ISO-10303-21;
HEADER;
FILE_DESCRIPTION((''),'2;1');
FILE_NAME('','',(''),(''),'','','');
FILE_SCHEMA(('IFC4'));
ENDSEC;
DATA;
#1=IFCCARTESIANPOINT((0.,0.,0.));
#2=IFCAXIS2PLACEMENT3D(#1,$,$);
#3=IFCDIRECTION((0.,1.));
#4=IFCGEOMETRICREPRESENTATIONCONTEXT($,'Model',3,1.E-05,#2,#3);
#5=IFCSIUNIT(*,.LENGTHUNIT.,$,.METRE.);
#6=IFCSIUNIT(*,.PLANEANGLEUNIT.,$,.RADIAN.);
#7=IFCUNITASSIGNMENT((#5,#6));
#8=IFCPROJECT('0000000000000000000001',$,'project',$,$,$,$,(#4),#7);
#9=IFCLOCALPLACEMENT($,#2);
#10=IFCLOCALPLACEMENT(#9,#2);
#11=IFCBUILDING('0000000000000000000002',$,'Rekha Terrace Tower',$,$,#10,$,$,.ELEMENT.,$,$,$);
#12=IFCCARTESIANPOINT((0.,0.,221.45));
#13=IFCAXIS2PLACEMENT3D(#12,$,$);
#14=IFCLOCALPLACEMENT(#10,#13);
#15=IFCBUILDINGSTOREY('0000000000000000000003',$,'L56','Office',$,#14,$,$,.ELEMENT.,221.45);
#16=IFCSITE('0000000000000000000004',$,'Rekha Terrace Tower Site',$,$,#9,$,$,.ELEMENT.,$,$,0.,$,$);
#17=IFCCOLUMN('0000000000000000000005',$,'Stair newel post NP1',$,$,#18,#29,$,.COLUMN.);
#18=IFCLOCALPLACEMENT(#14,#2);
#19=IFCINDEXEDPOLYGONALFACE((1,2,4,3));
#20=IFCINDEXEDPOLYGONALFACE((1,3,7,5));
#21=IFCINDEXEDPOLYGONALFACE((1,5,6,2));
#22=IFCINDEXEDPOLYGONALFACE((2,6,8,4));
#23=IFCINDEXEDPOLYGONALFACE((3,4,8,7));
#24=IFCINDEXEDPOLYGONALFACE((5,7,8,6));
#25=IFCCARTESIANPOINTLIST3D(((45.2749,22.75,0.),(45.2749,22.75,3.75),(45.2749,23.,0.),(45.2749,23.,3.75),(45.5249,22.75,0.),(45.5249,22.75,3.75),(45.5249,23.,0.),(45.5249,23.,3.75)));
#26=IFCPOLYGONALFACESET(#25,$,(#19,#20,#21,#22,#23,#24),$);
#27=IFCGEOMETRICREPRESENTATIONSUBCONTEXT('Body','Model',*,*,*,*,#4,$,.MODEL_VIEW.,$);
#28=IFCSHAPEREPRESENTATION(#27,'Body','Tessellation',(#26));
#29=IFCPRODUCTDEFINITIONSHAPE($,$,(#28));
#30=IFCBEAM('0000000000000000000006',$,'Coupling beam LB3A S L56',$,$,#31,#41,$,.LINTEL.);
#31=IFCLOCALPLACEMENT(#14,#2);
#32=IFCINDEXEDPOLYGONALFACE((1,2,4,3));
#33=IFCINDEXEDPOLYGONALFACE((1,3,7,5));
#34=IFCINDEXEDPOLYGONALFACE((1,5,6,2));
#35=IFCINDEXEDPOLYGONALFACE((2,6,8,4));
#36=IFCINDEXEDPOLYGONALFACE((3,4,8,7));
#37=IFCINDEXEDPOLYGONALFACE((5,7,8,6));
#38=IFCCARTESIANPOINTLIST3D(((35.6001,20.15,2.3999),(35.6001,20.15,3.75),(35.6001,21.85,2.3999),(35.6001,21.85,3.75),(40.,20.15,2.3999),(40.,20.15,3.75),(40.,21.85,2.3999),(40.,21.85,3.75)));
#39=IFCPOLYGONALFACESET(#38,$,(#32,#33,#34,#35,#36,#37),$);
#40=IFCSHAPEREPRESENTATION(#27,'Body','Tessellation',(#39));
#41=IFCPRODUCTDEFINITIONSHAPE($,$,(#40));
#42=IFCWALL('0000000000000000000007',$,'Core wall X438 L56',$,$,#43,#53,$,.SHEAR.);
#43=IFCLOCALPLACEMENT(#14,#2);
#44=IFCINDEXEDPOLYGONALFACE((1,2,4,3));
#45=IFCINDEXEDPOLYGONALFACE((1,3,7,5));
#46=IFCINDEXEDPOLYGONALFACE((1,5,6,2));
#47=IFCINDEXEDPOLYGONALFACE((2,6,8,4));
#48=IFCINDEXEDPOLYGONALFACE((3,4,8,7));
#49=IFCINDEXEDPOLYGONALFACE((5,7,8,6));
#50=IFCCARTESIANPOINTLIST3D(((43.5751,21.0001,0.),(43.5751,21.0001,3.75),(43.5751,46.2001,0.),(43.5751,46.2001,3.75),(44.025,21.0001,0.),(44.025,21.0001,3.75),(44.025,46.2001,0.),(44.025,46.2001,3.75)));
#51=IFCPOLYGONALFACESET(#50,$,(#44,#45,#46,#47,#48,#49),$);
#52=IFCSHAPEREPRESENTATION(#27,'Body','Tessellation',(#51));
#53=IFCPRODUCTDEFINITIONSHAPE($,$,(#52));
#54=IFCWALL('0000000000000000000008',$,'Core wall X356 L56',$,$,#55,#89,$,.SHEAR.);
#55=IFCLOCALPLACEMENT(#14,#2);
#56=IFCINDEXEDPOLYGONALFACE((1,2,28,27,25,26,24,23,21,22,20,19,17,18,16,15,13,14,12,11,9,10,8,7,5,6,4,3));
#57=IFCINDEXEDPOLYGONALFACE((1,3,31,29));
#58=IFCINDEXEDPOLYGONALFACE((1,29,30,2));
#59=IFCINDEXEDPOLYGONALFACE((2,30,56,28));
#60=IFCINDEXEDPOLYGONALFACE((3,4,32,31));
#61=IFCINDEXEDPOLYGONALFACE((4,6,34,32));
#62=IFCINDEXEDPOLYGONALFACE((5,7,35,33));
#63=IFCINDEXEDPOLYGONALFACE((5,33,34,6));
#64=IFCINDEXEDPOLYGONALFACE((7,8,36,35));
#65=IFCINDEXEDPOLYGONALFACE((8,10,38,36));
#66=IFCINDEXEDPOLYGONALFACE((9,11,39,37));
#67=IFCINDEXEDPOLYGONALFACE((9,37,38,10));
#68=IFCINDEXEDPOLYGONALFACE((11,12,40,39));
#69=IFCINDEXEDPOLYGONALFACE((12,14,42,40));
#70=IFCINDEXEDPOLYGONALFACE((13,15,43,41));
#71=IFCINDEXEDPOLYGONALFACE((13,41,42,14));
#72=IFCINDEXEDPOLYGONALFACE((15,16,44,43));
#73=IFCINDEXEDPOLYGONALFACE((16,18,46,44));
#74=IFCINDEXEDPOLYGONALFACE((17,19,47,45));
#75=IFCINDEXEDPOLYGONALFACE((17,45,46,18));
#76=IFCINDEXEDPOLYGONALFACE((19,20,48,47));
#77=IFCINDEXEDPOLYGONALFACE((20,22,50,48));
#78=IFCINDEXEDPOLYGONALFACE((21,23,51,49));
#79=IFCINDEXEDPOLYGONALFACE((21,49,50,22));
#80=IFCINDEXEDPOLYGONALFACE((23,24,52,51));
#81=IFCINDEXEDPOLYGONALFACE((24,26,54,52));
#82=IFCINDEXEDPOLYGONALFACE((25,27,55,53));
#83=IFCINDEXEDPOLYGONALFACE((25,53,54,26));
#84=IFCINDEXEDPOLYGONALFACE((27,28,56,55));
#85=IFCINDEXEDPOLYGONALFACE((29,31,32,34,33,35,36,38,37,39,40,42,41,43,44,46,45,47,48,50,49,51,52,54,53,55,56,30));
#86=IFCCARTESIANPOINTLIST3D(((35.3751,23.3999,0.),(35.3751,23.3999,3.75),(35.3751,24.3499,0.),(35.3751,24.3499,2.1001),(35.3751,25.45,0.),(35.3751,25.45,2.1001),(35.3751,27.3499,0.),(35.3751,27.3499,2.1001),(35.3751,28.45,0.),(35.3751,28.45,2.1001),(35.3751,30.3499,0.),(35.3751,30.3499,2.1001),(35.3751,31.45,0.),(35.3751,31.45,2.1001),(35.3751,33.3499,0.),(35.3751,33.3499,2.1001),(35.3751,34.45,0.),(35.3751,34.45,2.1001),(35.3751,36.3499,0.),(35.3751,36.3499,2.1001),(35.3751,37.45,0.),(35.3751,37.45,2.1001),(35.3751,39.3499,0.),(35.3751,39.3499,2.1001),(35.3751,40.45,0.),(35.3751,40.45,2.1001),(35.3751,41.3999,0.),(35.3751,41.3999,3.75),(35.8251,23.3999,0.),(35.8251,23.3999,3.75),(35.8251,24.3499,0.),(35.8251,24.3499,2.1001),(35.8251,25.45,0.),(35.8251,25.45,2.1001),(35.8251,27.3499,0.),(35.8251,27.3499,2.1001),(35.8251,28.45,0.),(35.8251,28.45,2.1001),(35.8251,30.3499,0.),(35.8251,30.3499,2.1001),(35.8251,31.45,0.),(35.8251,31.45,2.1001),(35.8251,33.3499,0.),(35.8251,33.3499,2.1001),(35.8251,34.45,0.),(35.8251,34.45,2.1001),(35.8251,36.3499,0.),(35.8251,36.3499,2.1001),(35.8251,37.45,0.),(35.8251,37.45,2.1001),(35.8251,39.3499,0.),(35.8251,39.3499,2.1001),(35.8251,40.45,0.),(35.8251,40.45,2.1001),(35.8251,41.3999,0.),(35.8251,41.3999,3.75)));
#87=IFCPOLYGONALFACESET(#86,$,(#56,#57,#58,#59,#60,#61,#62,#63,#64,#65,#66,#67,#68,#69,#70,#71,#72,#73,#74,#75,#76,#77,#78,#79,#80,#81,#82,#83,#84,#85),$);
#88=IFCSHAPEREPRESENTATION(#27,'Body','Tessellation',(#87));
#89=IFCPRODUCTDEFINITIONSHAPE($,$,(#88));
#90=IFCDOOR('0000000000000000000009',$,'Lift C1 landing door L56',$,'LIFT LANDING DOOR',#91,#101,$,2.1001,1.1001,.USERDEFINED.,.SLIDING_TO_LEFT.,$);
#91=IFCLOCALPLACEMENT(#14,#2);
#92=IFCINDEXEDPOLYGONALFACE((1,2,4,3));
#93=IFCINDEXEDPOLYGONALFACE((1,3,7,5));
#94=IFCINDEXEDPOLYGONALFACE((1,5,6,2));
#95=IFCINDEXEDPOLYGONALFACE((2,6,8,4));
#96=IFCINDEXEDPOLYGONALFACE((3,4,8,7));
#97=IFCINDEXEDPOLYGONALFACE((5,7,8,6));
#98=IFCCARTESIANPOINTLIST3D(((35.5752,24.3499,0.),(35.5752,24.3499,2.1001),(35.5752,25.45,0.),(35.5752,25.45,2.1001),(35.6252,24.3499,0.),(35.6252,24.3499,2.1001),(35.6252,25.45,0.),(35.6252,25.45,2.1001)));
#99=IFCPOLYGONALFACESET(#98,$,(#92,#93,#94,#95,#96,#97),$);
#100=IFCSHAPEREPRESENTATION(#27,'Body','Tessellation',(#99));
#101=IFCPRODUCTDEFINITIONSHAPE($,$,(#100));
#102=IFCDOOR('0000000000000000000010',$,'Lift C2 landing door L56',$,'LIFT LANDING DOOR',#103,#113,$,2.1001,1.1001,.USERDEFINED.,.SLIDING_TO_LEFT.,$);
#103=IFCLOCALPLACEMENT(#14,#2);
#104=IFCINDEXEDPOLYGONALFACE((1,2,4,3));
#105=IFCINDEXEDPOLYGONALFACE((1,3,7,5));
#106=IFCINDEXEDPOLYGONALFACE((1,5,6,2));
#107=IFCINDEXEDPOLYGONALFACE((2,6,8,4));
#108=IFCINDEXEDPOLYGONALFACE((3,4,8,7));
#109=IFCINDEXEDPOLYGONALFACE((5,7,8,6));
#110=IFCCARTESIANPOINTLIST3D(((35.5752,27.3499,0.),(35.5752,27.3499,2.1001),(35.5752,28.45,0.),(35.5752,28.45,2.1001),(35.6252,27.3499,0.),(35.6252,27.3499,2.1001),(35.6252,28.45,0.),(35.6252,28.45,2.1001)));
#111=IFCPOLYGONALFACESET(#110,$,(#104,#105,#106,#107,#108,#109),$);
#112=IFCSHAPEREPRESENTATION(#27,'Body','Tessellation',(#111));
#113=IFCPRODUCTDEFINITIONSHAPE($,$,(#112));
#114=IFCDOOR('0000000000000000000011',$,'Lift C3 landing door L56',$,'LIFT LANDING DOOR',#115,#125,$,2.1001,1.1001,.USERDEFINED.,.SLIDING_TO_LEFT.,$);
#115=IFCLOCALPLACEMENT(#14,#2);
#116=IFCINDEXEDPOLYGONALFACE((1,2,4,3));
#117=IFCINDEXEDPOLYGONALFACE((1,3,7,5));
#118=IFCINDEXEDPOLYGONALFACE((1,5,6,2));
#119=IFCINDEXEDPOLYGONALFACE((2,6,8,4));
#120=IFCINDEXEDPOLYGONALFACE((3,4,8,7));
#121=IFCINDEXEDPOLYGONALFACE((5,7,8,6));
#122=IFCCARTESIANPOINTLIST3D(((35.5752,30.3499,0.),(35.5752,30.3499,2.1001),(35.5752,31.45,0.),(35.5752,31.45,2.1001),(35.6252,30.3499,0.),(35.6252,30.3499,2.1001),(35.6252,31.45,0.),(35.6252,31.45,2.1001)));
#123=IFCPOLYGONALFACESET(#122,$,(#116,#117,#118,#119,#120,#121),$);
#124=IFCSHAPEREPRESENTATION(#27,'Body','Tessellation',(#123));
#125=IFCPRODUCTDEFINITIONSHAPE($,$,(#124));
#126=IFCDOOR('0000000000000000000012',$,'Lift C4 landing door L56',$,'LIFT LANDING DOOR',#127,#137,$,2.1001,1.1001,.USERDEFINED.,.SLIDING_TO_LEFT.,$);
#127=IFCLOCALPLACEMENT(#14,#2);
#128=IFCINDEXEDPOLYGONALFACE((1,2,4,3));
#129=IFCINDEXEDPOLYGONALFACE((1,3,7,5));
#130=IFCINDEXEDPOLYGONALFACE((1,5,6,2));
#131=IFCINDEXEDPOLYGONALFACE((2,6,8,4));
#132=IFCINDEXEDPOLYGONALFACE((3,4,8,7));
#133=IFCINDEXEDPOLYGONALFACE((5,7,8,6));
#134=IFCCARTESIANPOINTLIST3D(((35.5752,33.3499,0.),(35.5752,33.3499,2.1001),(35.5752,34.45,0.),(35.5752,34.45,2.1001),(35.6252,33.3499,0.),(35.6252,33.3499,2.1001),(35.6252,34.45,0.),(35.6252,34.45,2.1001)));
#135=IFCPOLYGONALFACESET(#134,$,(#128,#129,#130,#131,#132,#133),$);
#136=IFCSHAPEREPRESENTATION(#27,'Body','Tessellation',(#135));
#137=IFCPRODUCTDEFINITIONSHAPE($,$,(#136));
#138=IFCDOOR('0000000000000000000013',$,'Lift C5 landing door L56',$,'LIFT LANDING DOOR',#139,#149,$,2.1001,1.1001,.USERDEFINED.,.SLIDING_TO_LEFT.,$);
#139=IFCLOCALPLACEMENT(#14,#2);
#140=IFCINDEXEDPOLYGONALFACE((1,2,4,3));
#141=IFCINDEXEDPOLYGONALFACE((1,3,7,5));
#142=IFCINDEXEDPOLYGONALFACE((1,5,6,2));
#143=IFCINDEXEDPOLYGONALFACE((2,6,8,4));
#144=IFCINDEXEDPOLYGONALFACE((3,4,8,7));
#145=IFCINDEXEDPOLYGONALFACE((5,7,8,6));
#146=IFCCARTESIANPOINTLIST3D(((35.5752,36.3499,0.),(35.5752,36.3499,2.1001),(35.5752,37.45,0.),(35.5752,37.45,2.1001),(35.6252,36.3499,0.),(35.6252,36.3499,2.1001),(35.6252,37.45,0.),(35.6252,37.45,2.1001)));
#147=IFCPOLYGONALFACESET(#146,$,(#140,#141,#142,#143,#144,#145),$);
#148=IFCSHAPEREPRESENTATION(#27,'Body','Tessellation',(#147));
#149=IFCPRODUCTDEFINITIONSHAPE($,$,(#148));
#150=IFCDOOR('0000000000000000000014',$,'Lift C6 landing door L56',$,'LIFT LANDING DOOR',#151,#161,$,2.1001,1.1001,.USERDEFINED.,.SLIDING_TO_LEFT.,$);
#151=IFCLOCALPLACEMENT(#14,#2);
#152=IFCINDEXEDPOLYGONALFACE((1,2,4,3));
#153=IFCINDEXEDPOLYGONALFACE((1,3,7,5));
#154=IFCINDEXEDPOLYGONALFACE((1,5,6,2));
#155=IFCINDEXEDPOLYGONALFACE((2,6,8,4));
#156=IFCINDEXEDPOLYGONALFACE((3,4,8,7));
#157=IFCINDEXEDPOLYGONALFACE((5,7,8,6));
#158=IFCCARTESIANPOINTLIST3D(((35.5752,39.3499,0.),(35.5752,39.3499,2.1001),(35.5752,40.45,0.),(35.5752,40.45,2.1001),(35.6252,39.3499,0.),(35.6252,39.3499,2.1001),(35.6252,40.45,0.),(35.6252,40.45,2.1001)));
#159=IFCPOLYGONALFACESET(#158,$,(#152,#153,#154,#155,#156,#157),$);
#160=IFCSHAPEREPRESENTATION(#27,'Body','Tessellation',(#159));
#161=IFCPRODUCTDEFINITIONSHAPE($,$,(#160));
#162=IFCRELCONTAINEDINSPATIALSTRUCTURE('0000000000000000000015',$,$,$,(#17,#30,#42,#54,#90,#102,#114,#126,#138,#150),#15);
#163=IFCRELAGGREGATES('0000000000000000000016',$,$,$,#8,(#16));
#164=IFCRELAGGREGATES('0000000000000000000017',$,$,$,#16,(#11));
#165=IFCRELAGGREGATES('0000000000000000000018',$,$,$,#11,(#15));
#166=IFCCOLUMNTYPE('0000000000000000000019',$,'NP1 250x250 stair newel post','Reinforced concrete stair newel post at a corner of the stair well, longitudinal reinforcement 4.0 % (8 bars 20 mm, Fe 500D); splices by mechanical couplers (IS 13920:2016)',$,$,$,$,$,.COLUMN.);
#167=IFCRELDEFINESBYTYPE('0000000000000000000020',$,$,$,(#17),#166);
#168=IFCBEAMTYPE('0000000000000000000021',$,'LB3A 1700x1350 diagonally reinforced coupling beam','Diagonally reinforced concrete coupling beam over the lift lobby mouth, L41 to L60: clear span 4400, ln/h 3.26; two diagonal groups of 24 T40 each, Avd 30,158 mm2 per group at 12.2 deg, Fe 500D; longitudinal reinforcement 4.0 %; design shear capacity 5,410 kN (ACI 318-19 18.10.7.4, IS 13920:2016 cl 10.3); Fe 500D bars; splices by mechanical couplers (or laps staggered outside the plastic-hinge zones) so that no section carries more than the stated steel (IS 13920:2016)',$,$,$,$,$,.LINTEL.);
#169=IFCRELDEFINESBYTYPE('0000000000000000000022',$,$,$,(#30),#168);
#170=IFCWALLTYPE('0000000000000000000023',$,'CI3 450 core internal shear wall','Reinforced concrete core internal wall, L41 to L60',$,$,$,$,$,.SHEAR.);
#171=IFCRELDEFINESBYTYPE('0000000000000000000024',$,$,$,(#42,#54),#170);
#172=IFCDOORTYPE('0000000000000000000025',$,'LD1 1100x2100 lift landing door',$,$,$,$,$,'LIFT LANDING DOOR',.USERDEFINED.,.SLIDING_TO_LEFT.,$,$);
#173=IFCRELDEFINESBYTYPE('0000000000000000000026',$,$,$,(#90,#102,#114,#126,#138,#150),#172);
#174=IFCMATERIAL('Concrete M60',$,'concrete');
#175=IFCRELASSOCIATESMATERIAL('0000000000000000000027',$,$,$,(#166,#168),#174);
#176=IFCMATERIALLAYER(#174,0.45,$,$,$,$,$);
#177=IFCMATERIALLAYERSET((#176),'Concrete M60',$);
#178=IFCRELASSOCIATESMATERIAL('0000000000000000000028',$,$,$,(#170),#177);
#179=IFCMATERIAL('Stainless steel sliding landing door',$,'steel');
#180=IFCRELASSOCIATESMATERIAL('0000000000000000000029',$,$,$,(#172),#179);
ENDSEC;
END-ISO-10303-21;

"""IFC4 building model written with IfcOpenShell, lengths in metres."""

from ifc_helpers import new_model, si_unit, direction, frame, frame_2d, origin, origin_2d, place, context, subcontext, project, spatial, rectangle, extrude, material, layer, layer_set, material_profile, profile_set, type_object, element, fill, save


model = new_model("IFC4")

# Units and contexts
model_context = context("Model", 3, precision=1e-05, world=origin(), true_north=direction((0.0, 1.0)))
body_context = subcontext(model_context, "Body", "Model", "MODEL_VIEW")
ifc_project = project(units=[si_unit("LENGTHUNIT", "METRE"), si_unit("PLANEANGLEUNIT", "RADIAN")], contexts=[model_context])

# Site, building, storey
site_placement = place(None, origin())
site = spatial("IfcSite", under=ifc_project, at=site_placement, Name="Rekha Terrace Tower Site", CompositionType="ELEMENT", RefElevation=0.0)
building_placement = place(site_placement, origin())
building = spatial("IfcBuilding", under=site, at=building_placement, Name="Rekha Terrace Tower", CompositionType="ELEMENT")
storey_placement = place(building_placement, frame((0.0, 0.0, 221.45)))
storey = spatial("IfcBuildingStorey", under=building, at=storey_placement, Name="L56", Description="Office", CompositionType="ELEMENT", Elevation=221.45)

# Column
ifc_material_1 = material(Name="Concrete M60", Category="concrete")
ifc_material_profile_1 = material_profile(ifc_material_1, rectangle(XDim=0.25, YDim=0.25, at=origin_2d()), Name="RC 250x250")
ifc_profile_set_1 = profile_set([ifc_material_profile_1], Name="Concrete M60")
column_type = type_object("IfcColumnType", Name="NP1 250x250 stair newel post", Description="Reinforced concrete stair newel post at a corner of the stair well, longitudinal reinforcement 4.0 % (8 bars 20 mm, Fe 500D); splices by mechanical couplers (IS 13920:2016)", PredefinedType="COLUMN", material=ifc_profile_set_1)
column_placement = place(storey_placement, frame((45.3999, 22.875, 0.0), z_axis=(0.0, 0.0, 1.0), x_axis=(1.0, 0.0, 0.0)))
element("IfcColumn", 1, at=column_placement, inside=storey, type_object=column_type, Name="Stair newel post NP1", PredefinedType="COLUMN", context=body_context, shape_type="SweptSolid", body=[
    extrude(rectangle(XDim=0.25, YDim=0.25, at=origin_2d()), origin(), (0.0, 0.0, 1.0), 3.75),
])

# Beam
ifc_material_profile_2 = material_profile(ifc_material_1, rectangle(XDim=1.7, YDim=1.3501, at=origin_2d()), Name="RC 1700x1350")
ifc_profile_set_2 = profile_set([ifc_material_profile_2], Name="Concrete M60")
beam_type = type_object("IfcBeamType", Name="LB3A 1700x1350 diagonally reinforced coupling beam", Description="Diagonally reinforced concrete coupling beam over the lift lobby mouth, L41 to L60: clear span 4400, ln/h 3.26; two diagonal groups of 24 T40 each, Avd 30,158 mm2 per group at 12.2 deg, Fe 500D; longitudinal reinforcement 4.0 %; design shear capacity 5,410 kN (ACI 318-19 18.10.7.4, IS 13920:2016 cl 10.3); Fe 500D bars; splices by mechanical couplers (or laps staggered outside the plastic-hinge zones) so that no section carries more than the stated steel (IS 13920:2016)", PredefinedType="LINTEL", material=ifc_profile_set_2)
beam_placement = place(storey_placement, frame((35.6001, 21.0, 3.075), z_axis=(1.0, 0.0, 0.0), x_axis=(0.0, 1.0, 0.0)))
element("IfcBeam", 2, at=beam_placement, inside=storey, type_object=beam_type, Name="Coupling beam LB3A S L56", PredefinedType="LINTEL", context=body_context, shape_type="SweptSolid", body=[
    extrude(rectangle(XDim=1.7, YDim=1.3501, at=origin_2d()), origin(), (0.0, 0.0, 1.0), 4.3999),
])

# Wall
ifc_layer_1 = layer(ifc_material_1, 0.45)
ifc_layer_set_1 = layer_set([ifc_layer_1], Name="Concrete M60")
wall_type_1 = type_object("IfcWallType", Name="CI3 450 core internal shear wall", Description="Reinforced concrete core internal wall, L41 to L60", PredefinedType="SHEAR", material=ifc_layer_set_1)
wall_1_placement = place(storey_placement, frame((43.8, 21.0, 0.0), z_axis=(0.0, 0.0, 1.0), x_axis=(0.0, 1.0, 0.0)))
element("IfcWall", 3, at=wall_1_placement, inside=storey, type_object=wall_type_1, Name="Core wall X438 L56", PredefinedType="SHEAR", context=body_context, shape_type="SweptSolid", body=[
    extrude(rectangle(XDim=25.2, YDim=0.45, at=frame_2d((12.6001, 0.0))), origin(), (0.0, 0.0, 1.0), 3.75),
])

# Wall, openings, doors
wall_2_placement = place(storey_placement, frame((35.6001, 23.3999, 0.0), z_axis=(0.0, 0.0, 1.0), x_axis=(0.0, 1.0, 0.0)))
wall_2 = element("IfcWall", 4, at=wall_2_placement, inside=storey, type_object=wall_type_1, Name="Core wall X356 L56", PredefinedType="SHEAR", context=body_context, shape_type="SweptSolid", body=[
    extrude(rectangle(XDim=18.0, YDim=0.45, at=frame_2d((9.0, 0.0))), origin(), (0.0, 0.0, 1.0), 3.75),
])
opening_1_placement = place(wall_2_placement, frame((0.95, 0.0, 0.0)))
opening_1 = element("IfcOpeningElement", 5, at=opening_1_placement, cuts=wall_2, PredefinedType="OPENING", context=body_context, shape_type="SweptSolid", body=[
    extrude(rectangle(XDim=1.1001, YDim=2.1001, at=frame_2d((0.55, 1.05))), frame((0.0, 0.2349, 0.0), z_axis=(0.0, -1.0, 0.0), x_axis=(1.0, 0.0, 0.0)), (0.0, 0.0, 1.0), 0.47),
])
opening_2_placement = place(wall_2_placement, frame((3.95, 0.0, 0.0)))
opening_2 = element("IfcOpeningElement", 6, at=opening_2_placement, cuts=wall_2, PredefinedType="OPENING", context=body_context, shape_type="SweptSolid", body=[
    extrude(rectangle(XDim=1.1001, YDim=2.1001, at=frame_2d((0.55, 1.05))), frame((0.0, 0.2349, 0.0), z_axis=(0.0, -1.0, 0.0), x_axis=(1.0, 0.0, 0.0)), (0.0, 0.0, 1.0), 0.47),
])
opening_3_placement = place(wall_2_placement, frame((6.95, 0.0, 0.0)))
opening_3 = element("IfcOpeningElement", 7, at=opening_3_placement, cuts=wall_2, PredefinedType="OPENING", context=body_context, shape_type="SweptSolid", body=[
    extrude(rectangle(XDim=1.1001, YDim=2.1001, at=frame_2d((0.55, 1.05))), frame((0.0, 0.2349, 0.0), z_axis=(0.0, -1.0, 0.0), x_axis=(1.0, 0.0, 0.0)), (0.0, 0.0, 1.0), 0.47),
])
opening_4_placement = place(wall_2_placement, frame((9.95, 0.0, 0.0)))
opening_4 = element("IfcOpeningElement", 8, at=opening_4_placement, cuts=wall_2, PredefinedType="OPENING", context=body_context, shape_type="SweptSolid", body=[
    extrude(rectangle(XDim=1.1001, YDim=2.1001, at=frame_2d((0.55, 1.05))), frame((0.0, 0.2349, 0.0), z_axis=(0.0, -1.0, 0.0), x_axis=(1.0, 0.0, 0.0)), (0.0, 0.0, 1.0), 0.47),
])
opening_5_placement = place(wall_2_placement, frame((12.95, 0.0, 0.0)))
opening_5 = element("IfcOpeningElement", 9, at=opening_5_placement, cuts=wall_2, PredefinedType="OPENING", context=body_context, shape_type="SweptSolid", body=[
    extrude(rectangle(XDim=1.1001, YDim=2.1001, at=frame_2d((0.55, 1.05))), frame((0.0, 0.2349, 0.0), z_axis=(0.0, -1.0, 0.0), x_axis=(1.0, 0.0, 0.0)), (0.0, 0.0, 1.0), 0.47),
])
opening_6_placement = place(wall_2_placement, frame((15.95, 0.0, 0.0)))
opening_6 = element("IfcOpeningElement", 10, at=opening_6_placement, cuts=wall_2, PredefinedType="OPENING", context=body_context, shape_type="SweptSolid", body=[
    extrude(rectangle(XDim=1.1001, YDim=2.1001, at=frame_2d((0.55, 1.05))), frame((0.0, 0.2349, 0.0), z_axis=(0.0, -1.0, 0.0), x_axis=(1.0, 0.0, 0.0)), (0.0, 0.0, 1.0), 0.47),
])
ifc_material_2 = material(Name="Stainless steel sliding landing door", Category="steel")
door_type_1 = type_object("IfcDoorType", Name="LD1 1100x2100 lift landing door", ElementType="LIFT LANDING DOOR", OperationType="SLIDING_TO_LEFT", PredefinedType="USERDEFINED", material=ifc_material_2)
door_1_placement = place(opening_1_placement, origin())
door_1 = element("IfcDoor", 11, at=door_1_placement, inside=storey, type_object=door_type_1, Name="Lift C1 landing door L56", ObjectType="LIFT LANDING DOOR", OperationType="SLIDING_TO_LEFT", OverallHeight=2.1001, OverallWidth=1.1001, PredefinedType="USERDEFINED", context=body_context, shape_type="SweptSolid", body=[
    extrude(rectangle(XDim=1.1001, YDim=2.1001, at=frame_2d((0.55, 1.05))), frame((0.0, 0.0249, 0.0), z_axis=(0.0, -1.0, 0.0), x_axis=(1.0, 0.0, 0.0)), (0.0, 0.0, 1.0), 0.05),
])
fill(opening_1, door_1)
door_2_placement = place(opening_2_placement, origin())
door_2 = element("IfcDoor", 12, at=door_2_placement, inside=storey, type_object=door_type_1, Name="Lift C2 landing door L56", ObjectType="LIFT LANDING DOOR", OperationType="SLIDING_TO_LEFT", OverallHeight=2.1001, OverallWidth=1.1001, PredefinedType="USERDEFINED", context=body_context, shape_type="SweptSolid", body=[
    extrude(rectangle(XDim=1.1001, YDim=2.1001, at=frame_2d((0.55, 1.05))), frame((0.0, 0.0249, 0.0), z_axis=(0.0, -1.0, 0.0), x_axis=(1.0, 0.0, 0.0)), (0.0, 0.0, 1.0), 0.05),
])
fill(opening_2, door_2)
door_3_placement = place(opening_3_placement, origin())
door_3 = element("IfcDoor", 13, at=door_3_placement, inside=storey, type_object=door_type_1, Name="Lift C3 landing door L56", ObjectType="LIFT LANDING DOOR", OperationType="SLIDING_TO_LEFT", OverallHeight=2.1001, OverallWidth=1.1001, PredefinedType="USERDEFINED", context=body_context, shape_type="SweptSolid", body=[
    extrude(rectangle(XDim=1.1001, YDim=2.1001, at=frame_2d((0.55, 1.05))), frame((0.0, 0.0249, 0.0), z_axis=(0.0, -1.0, 0.0), x_axis=(1.0, 0.0, 0.0)), (0.0, 0.0, 1.0), 0.05),
])
fill(opening_3, door_3)
door_4_placement = place(opening_4_placement, origin())
door_4 = element("IfcDoor", 14, at=door_4_placement, inside=storey, type_object=door_type_1, Name="Lift C4 landing door L56", ObjectType="LIFT LANDING DOOR", OperationType="SLIDING_TO_LEFT", OverallHeight=2.1001, OverallWidth=1.1001, PredefinedType="USERDEFINED", context=body_context, shape_type="SweptSolid", body=[
    extrude(rectangle(XDim=1.1001, YDim=2.1001, at=frame_2d((0.55, 1.05))), frame((0.0, 0.0249, 0.0), z_axis=(0.0, -1.0, 0.0), x_axis=(1.0, 0.0, 0.0)), (0.0, 0.0, 1.0), 0.05),
])
fill(opening_4, door_4)
door_5_placement = place(opening_5_placement, origin())
door_5 = element("IfcDoor", 15, at=door_5_placement, inside=storey, type_object=door_type_1, Name="Lift C5 landing door L56", ObjectType="LIFT LANDING DOOR", OperationType="SLIDING_TO_LEFT", OverallHeight=2.1001, OverallWidth=1.1001, PredefinedType="USERDEFINED", context=body_context, shape_type="SweptSolid", body=[
    extrude(rectangle(XDim=1.1001, YDim=2.1001, at=frame_2d((0.55, 1.05))), frame((0.0, 0.0249, 0.0), z_axis=(0.0, -1.0, 0.0), x_axis=(1.0, 0.0, 0.0)), (0.0, 0.0, 1.0), 0.05),
])
fill(opening_5, door_5)
door_6_placement = place(opening_6_placement, origin())
door_6 = element("IfcDoor", 16, at=door_6_placement, inside=storey, type_object=door_type_1, Name="Lift C6 landing door L56", ObjectType="LIFT LANDING DOOR", OperationType="SLIDING_TO_LEFT", OverallHeight=2.1001, OverallWidth=1.1001, PredefinedType="USERDEFINED", context=body_context, shape_type="SweptSolid", body=[
    extrude(rectangle(XDim=1.1001, YDim=2.1001, at=frame_2d((0.55, 1.05))), frame((0.0, 0.0249, 0.0), z_axis=(0.0, -1.0, 0.0), x_axis=(1.0, 0.0, 0.0)), (0.0, 0.0, 1.0), 0.05),
])
fill(opening_6, door_6)

save(model, "model.ifc")
